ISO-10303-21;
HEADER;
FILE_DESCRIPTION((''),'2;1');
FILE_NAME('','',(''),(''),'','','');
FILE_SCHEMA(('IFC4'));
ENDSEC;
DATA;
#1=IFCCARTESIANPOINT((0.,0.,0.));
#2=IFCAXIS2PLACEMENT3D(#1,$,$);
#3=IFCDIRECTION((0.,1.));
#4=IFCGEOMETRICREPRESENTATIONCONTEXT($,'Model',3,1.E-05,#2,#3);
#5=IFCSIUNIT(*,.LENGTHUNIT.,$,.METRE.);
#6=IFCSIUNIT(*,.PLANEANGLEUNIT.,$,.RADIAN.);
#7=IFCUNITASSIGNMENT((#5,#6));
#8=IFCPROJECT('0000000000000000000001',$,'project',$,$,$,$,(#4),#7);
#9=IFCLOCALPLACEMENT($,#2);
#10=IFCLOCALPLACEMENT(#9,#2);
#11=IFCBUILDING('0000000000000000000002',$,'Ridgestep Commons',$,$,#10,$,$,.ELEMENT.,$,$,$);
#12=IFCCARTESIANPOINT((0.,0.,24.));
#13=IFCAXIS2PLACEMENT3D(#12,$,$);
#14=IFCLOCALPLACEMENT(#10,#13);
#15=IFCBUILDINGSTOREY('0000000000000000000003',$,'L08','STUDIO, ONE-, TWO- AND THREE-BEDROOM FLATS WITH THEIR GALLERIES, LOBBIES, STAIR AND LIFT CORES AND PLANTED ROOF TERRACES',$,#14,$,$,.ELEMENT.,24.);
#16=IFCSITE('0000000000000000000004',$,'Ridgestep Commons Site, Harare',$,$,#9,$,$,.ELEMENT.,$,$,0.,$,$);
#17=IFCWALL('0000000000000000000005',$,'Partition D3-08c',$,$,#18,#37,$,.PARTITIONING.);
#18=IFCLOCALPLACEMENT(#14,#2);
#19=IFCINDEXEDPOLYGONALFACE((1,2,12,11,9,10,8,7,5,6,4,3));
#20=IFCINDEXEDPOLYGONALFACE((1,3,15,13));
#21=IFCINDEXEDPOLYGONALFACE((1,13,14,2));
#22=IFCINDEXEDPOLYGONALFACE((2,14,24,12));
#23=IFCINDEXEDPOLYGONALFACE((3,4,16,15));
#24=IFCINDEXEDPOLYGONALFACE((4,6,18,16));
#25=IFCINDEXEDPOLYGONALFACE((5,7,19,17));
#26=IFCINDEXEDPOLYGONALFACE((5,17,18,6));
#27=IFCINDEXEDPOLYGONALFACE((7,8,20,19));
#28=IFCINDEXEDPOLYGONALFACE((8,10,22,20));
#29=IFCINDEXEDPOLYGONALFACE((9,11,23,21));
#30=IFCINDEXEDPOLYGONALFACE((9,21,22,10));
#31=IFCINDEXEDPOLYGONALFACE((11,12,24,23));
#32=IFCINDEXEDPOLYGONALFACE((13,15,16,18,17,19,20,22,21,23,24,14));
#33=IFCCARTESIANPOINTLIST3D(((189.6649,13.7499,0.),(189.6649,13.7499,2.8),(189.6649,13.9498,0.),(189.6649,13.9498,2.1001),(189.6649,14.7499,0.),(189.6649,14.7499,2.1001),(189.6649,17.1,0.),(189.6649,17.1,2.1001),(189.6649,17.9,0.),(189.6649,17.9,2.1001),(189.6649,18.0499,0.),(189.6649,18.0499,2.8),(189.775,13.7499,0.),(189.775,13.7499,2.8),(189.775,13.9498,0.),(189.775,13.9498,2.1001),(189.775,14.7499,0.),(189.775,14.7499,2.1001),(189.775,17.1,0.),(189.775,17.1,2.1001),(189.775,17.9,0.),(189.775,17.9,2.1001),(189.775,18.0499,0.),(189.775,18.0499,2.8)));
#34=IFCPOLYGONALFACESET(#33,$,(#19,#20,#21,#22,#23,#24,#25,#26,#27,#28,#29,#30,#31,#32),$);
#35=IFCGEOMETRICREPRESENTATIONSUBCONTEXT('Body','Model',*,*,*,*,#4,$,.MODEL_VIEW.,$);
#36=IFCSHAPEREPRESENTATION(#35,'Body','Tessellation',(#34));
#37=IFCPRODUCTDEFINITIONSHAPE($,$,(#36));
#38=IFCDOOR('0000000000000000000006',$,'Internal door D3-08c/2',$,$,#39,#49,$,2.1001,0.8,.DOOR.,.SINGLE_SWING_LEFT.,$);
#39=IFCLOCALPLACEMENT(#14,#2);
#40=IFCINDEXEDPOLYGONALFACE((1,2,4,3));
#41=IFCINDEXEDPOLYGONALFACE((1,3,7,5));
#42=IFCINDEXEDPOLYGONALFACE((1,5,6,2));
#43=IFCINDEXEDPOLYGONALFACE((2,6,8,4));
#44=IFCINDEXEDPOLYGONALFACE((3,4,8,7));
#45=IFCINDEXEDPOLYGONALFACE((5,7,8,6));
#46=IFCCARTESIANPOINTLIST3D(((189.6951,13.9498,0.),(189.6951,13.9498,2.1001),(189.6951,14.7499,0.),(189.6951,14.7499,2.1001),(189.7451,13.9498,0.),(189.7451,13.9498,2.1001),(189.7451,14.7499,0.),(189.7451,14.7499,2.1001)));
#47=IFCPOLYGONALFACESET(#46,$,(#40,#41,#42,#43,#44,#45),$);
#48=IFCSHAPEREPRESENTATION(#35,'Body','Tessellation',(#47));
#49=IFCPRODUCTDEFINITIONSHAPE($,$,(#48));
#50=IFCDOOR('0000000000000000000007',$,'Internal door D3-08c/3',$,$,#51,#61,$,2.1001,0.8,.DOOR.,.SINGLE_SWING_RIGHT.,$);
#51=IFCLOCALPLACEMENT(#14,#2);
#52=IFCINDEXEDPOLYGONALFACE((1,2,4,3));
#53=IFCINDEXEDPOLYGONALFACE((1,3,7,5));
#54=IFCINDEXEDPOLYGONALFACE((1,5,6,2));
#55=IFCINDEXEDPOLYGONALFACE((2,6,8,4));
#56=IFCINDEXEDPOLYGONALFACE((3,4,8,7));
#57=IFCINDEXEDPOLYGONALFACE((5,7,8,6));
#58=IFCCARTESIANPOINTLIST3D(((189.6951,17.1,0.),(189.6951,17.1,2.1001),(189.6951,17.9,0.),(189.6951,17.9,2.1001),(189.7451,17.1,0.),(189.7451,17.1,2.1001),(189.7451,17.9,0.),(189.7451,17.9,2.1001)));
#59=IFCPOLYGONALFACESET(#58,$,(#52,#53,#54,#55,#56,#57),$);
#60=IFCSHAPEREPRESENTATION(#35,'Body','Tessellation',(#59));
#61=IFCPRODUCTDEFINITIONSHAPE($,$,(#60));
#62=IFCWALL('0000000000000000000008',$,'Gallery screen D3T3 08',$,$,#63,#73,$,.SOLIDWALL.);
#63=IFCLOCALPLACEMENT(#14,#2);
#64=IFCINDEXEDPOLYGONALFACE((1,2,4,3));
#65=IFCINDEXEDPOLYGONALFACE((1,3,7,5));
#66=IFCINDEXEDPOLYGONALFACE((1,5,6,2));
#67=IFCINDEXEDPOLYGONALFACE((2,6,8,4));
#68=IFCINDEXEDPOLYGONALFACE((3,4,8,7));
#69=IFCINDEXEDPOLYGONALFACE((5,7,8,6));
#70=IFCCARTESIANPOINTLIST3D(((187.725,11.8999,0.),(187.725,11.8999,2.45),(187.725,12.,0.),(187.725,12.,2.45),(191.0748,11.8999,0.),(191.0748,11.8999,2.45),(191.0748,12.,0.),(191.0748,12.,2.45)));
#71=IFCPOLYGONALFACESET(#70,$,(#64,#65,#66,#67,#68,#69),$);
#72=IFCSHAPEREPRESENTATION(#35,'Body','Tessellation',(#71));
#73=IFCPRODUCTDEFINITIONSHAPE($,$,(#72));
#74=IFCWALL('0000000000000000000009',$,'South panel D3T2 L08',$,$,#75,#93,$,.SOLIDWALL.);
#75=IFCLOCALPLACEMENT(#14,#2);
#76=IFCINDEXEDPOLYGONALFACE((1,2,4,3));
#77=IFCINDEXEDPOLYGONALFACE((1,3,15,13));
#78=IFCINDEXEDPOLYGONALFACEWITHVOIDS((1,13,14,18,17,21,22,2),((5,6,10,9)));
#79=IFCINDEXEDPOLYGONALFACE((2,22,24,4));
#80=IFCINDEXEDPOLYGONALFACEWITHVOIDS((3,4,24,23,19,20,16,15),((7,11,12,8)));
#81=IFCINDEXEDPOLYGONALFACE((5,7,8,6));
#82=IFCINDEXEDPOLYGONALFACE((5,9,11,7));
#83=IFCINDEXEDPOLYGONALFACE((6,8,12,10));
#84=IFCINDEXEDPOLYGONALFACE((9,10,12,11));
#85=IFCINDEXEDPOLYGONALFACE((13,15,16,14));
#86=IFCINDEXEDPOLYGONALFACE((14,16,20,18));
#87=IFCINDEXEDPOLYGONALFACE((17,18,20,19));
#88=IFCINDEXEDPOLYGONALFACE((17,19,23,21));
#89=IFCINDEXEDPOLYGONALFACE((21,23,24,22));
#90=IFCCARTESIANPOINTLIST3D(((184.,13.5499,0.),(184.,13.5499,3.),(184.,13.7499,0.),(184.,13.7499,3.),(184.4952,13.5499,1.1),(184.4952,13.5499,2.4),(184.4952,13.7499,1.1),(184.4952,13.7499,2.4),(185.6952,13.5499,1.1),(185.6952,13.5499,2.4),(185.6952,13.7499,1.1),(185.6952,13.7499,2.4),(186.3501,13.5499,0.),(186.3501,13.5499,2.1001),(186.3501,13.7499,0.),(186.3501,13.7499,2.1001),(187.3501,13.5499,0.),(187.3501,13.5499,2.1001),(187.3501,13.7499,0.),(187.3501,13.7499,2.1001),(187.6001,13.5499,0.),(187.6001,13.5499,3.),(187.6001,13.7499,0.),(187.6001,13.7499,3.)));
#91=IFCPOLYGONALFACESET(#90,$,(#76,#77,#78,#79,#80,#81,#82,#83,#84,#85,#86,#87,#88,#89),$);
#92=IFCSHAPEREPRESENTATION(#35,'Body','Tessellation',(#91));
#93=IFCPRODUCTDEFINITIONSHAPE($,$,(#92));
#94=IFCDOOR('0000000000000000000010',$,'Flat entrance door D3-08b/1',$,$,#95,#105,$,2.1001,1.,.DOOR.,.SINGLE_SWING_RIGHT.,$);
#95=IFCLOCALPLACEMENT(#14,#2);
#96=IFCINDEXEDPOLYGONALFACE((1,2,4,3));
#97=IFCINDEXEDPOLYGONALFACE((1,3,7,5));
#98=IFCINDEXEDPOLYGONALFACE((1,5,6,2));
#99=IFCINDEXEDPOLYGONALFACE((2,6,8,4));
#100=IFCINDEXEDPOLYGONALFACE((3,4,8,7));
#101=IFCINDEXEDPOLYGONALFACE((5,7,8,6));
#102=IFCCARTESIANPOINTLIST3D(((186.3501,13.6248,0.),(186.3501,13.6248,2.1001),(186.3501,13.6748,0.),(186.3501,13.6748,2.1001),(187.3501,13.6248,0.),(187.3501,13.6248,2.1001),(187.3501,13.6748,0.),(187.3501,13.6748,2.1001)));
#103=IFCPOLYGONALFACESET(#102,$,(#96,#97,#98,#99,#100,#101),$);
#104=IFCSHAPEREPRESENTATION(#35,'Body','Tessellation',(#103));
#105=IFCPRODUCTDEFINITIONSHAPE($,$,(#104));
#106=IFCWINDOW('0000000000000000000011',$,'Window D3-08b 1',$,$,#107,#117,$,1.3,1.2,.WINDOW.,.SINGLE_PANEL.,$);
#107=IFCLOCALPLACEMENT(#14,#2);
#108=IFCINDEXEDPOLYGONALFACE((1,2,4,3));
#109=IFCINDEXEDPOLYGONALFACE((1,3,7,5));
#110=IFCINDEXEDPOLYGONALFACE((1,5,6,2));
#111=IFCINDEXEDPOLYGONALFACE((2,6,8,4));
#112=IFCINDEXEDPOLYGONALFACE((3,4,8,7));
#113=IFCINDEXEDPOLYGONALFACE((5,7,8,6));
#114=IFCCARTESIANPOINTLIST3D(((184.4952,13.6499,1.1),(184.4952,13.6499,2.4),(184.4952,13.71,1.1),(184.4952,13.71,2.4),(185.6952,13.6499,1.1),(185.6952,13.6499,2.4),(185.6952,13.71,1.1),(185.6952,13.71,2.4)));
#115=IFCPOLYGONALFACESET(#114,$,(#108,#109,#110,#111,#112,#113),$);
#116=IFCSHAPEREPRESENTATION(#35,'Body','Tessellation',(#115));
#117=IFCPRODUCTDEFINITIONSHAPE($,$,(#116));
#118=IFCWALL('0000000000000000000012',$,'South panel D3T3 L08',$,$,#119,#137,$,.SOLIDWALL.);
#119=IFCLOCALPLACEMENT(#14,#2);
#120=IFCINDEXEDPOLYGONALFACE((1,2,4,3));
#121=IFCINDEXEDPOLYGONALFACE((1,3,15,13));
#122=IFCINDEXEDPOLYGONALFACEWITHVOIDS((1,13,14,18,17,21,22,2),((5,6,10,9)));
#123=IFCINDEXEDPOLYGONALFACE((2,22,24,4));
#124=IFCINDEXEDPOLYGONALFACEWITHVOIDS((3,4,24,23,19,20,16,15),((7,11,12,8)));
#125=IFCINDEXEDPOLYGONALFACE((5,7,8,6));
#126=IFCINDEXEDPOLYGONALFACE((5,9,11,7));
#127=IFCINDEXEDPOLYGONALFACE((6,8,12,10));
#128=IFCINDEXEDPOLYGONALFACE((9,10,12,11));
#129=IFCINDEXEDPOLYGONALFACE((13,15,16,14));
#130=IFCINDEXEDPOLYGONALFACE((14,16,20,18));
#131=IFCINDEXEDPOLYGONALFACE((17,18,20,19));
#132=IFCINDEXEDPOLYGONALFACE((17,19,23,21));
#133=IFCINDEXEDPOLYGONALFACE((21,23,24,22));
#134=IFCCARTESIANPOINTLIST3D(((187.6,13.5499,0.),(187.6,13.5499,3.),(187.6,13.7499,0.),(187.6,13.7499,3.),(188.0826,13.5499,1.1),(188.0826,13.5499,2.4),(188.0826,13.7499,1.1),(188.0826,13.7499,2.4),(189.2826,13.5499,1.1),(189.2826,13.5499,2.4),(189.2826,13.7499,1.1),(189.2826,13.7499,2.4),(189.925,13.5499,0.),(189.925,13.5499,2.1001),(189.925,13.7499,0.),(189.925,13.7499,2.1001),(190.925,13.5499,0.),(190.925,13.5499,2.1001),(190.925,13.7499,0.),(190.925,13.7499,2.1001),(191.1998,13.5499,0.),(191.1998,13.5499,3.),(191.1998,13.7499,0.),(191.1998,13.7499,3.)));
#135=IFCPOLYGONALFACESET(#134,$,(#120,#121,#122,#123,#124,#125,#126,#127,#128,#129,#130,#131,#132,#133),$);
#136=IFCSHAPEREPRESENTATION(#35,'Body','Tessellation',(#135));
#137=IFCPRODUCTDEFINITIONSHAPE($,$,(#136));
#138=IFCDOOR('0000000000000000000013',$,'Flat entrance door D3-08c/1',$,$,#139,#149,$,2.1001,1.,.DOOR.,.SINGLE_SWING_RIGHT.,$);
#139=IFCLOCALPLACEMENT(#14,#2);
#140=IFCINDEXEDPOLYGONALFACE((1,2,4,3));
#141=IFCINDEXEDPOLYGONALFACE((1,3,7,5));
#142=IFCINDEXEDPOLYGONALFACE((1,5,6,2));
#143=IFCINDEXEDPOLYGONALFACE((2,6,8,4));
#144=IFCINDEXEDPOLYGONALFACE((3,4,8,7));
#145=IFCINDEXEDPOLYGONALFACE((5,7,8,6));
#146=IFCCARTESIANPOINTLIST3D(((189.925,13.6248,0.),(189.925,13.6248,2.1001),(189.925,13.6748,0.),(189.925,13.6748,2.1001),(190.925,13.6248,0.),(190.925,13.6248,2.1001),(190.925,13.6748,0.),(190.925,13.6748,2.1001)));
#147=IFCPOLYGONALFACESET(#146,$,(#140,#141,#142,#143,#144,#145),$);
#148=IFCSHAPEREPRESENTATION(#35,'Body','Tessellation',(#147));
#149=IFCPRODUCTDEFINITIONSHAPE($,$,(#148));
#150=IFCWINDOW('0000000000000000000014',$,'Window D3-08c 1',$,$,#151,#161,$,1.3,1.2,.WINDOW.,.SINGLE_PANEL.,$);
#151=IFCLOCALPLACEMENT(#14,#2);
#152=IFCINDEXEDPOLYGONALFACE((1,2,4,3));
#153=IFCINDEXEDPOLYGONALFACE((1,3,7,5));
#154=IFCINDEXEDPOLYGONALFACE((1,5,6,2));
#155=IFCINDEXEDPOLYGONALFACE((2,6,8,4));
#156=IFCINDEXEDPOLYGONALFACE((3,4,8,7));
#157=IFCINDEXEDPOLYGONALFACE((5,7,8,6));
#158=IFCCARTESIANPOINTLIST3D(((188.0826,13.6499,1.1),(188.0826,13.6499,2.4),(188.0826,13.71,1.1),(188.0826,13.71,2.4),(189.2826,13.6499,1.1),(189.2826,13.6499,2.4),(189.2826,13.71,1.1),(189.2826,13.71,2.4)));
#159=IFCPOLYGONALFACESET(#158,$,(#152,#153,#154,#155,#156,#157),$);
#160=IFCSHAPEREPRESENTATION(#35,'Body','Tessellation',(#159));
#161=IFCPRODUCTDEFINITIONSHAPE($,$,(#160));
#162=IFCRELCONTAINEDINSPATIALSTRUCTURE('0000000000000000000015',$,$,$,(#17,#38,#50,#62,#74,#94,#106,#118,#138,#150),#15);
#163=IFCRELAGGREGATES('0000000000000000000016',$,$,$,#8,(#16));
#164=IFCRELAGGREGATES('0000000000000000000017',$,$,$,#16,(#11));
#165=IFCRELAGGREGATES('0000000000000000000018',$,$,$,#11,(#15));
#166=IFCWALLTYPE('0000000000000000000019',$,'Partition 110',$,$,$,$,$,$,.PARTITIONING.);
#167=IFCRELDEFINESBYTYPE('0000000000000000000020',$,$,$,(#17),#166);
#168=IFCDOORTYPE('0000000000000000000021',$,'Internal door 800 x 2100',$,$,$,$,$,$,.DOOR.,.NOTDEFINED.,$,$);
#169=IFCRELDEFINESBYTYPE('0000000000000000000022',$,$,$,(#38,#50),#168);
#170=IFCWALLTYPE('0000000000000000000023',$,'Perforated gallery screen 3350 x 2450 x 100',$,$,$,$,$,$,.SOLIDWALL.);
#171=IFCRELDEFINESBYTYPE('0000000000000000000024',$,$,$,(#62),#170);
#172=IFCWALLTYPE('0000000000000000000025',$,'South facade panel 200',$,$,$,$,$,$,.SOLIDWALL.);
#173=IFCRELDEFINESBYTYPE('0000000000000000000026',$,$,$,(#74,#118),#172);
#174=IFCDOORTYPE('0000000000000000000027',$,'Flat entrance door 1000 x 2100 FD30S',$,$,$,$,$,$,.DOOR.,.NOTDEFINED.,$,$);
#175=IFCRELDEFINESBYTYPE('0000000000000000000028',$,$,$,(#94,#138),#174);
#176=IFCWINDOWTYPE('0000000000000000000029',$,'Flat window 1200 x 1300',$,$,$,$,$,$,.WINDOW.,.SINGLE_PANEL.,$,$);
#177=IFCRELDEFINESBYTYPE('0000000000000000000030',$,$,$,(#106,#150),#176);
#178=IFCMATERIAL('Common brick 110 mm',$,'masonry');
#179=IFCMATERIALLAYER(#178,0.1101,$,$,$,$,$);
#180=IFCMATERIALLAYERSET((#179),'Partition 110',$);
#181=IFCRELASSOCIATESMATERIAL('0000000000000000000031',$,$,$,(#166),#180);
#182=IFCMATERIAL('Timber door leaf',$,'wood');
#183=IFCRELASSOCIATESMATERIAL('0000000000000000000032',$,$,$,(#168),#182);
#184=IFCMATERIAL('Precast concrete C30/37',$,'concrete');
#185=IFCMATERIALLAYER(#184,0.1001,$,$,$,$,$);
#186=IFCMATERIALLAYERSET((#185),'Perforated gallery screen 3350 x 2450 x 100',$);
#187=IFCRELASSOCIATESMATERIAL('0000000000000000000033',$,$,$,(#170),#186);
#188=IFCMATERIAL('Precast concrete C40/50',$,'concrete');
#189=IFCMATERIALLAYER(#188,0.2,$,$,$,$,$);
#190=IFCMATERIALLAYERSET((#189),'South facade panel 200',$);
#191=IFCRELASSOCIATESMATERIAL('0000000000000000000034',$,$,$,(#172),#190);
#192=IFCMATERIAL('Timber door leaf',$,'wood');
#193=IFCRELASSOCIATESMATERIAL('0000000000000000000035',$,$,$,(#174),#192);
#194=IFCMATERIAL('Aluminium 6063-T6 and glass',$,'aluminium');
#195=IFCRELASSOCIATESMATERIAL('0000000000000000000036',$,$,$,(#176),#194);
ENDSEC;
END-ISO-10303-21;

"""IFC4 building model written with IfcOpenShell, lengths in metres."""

from ifc_helpers import new_model, si_unit, direction, frame, frame_2d, origin, place, context, subcontext, project, spatial, rectangle, extrude, material, layer, layer_set, type_object, element, fill, save


model = new_model("IFC4")

# Units and contexts
model_context = context("Model", 3, precision=1e-05, world=origin(), true_north=direction((0.0, 1.0)))
body_context = subcontext(model_context, "Body", "Model", "MODEL_VIEW")
ifc_project = project(units=[si_unit("LENGTHUNIT", "METRE"), si_unit("PLANEANGLEUNIT", "RADIAN")], contexts=[model_context])

# Site, building, storey
site_placement = place(None, origin())
site = spatial("IfcSite", under=ifc_project, at=site_placement, Name="Ridgestep Commons Site, Harare", CompositionType="ELEMENT", RefElevation=0.0)
building_placement = place(site_placement, origin())
building = spatial("IfcBuilding", under=site, at=building_placement, Name="Ridgestep Commons", CompositionType="ELEMENT")
storey_placement = place(building_placement, frame((0.0, 0.0, 24.0)))
storey = spatial("IfcBuildingStorey", under=building, at=storey_placement, Name="L08", Description="STUDIO, ONE-, TWO- AND THREE-BEDROOM FLATS WITH THEIR GALLERIES, LOBBIES, STAIR AND LIFT CORES AND PLANTED ROOF TERRACES", CompositionType="ELEMENT", Elevation=24.0)

# Wall, openings, doors
ifc_material_1 = material(Name="Common brick 110 mm", Category="masonry")
ifc_layer_1 = layer(ifc_material_1, 0.1101)
ifc_layer_set_1 = layer_set([ifc_layer_1], Name="Partition 110")
wall_type_1 = type_object("IfcWallType", Name="Partition 110", PredefinedType="PARTITIONING", material=ifc_layer_set_1)
ifc_material_2 = material(Name="Timber door leaf", Category="wood")
door_type_1 = type_object("IfcDoorType", Name="Internal door 800 x 2100", OperationType="NOTDEFINED", PredefinedType="DOOR", material=ifc_material_2)
wall_1_placement = place(storey_placement, frame((189.72, 13.75, 0.0), z_axis=(0.0, 0.0, 1.0), x_axis=(0.0, 1.0, 0.0)))
wall_1 = element("IfcWall", 1, at=wall_1_placement, inside=storey, type_object=wall_type_1, Name="Partition D3-08c", PredefinedType="PARTITIONING", context=body_context, shape_type="SweptSolid", body=[
    extrude(rectangle(XDim=4.3, YDim=0.1101, at=frame_2d((2.1499, 0.0))), origin(), (0.0, 0.0, 1.0), 2.8),
])
opening_1_placement = place(wall_1_placement, frame((0.2, 0.0, 0.0)))
opening_1 = element("IfcOpeningElement", 2, at=opening_1_placement, cuts=wall_1, PredefinedType="OPENING", context=body_context, shape_type="SweptSolid", body=[
    extrude(rectangle(XDim=0.8, YDim=2.1001, at=frame_2d((0.3999, 1.05))), frame((0.0, 0.0649, 0.0), z_axis=(0.0, -1.0, 0.0), x_axis=(1.0, 0.0, 0.0)), (0.0, 0.0, 1.0), 0.1301),
])
opening_2_placement = place(wall_1_placement, frame((3.3501, 0.0, 0.0)))
opening_2 = element("IfcOpeningElement", 3, at=opening_2_placement, cuts=wall_1, PredefinedType="OPENING", context=body_context, shape_type="SweptSolid", body=[
    extrude(rectangle(XDim=0.8, YDim=2.1001, at=frame_2d((0.3999, 1.05))), frame((0.0, 0.0649, 0.0), z_axis=(0.0, -1.0, 0.0), x_axis=(1.0, 0.0, 0.0)), (0.0, 0.0, 1.0), 0.1301),
])
door_1_placement = place(opening_1_placement, origin())
door_1 = element("IfcDoor", 4, at=door_1_placement, inside=storey, type_object=door_type_1, Name="Internal door D3-08c/2", OperationType="SINGLE_SWING_LEFT", OverallHeight=2.1001, OverallWidth=0.8, PredefinedType="DOOR", context=body_context, shape_type="SweptSolid", body=[
    extrude(rectangle(XDim=0.8, YDim=2.1001, at=frame_2d((0.3999, 1.05))), frame((0.0, 0.0249, 0.0), z_axis=(0.0, -1.0, 0.0), x_axis=(1.0, 0.0, 0.0)), (0.0, 0.0, 1.0), 0.05),
])
fill(opening_1, door_1)
door_2_placement = place(opening_2_placement, origin())
door_2 = element("IfcDoor", 5, at=door_2_placement, inside=storey, type_object=door_type_1, Name="Internal door D3-08c/3", OperationType="SINGLE_SWING_RIGHT", OverallHeight=2.1001, OverallWidth=0.8, PredefinedType="DOOR", context=body_context, shape_type="SweptSolid", body=[
    extrude(rectangle(XDim=0.8, YDim=2.1001, at=frame_2d((0.3999, 1.05))), frame((0.0, 0.0249, 0.0), z_axis=(0.0, -1.0, 0.0), x_axis=(1.0, 0.0, 0.0)), (0.0, 0.0, 1.0), 0.05),
])
fill(opening_2, door_2)

# Wall
ifc_material_3 = material(Name="Precast concrete C30/37", Category="concrete")
ifc_layer_2 = layer(ifc_material_3, 0.1001)
ifc_layer_set_2 = layer_set([ifc_layer_2], Name="Perforated gallery screen 3350 x 2450 x 100")
wall_type_2 = type_object("IfcWallType", Name="Perforated gallery screen 3350 x 2450 x 100", PredefinedType="SOLIDWALL", material=ifc_layer_set_2)
wall_2_placement = place(storey_placement, frame((187.7251, 11.95, 0.0), z_axis=(0.0, 0.0, 1.0), x_axis=(1.0, 0.0, 0.0)))
element("IfcWall", 6, at=wall_2_placement, inside=storey, type_object=wall_type_2, Name="Gallery screen D3T3 08", PredefinedType="SOLIDWALL", context=body_context, shape_type="SweptSolid", body=[
    extrude(rectangle(XDim=3.3499, YDim=0.1001, at=frame_2d((1.6748, 0.0))), origin(), (0.0, 0.0, 1.0), 2.45),
])

# Walls, openings, doors, windows
ifc_material_4 = material(Name="Precast concrete C40/50", Category="concrete")
ifc_layer_3 = layer(ifc_material_4, 0.2)
ifc_layer_set_3 = layer_set([ifc_layer_3], Name="South facade panel 200")
wall_type_3 = type_object("IfcWallType", Name="South facade panel 200", PredefinedType="SOLIDWALL", material=ifc_layer_set_3)
wall_3_placement = place(storey_placement, frame((184.0, 13.6499, 0.0), z_axis=(0.0, 0.0, 1.0), x_axis=(1.0, 0.0, 0.0)))
wall_3 = element("IfcWall", 7, at=wall_3_placement, inside=storey, type_object=wall_type_3, Name="South panel D3T2 L08", PredefinedType="SOLIDWALL", context=body_context, shape_type="SweptSolid", body=[
    extrude(rectangle(XDim=3.6001, YDim=0.2, at=frame_2d((1.8, 0.0))), origin(), (0.0, 0.0, 1.0), 3.0),
])
opening_3_placement = place(wall_3_placement, frame((0.4951, 0.0, 1.1001)))
opening_3 = element("IfcOpeningElement", 8, at=opening_3_placement, cuts=wall_3, PredefinedType="OPENING", context=body_context, shape_type="SweptSolid", body=[
    extrude(rectangle(XDim=1.2, YDim=1.3, at=frame_2d((0.6001, 0.6499))), frame((0.0, 0.1099, 0.0), z_axis=(0.0, -1.0, 0.0), x_axis=(1.0, 0.0, 0.0)), (0.0, 0.0, 1.0), 0.22),
])
opening_4_placement = place(wall_3_placement, frame((2.3501, 0.0, 0.0)))
opening_4 = element("IfcOpeningElement", 9, at=opening_4_placement, cuts=wall_3, PredefinedType="OPENING", context=body_context, shape_type="SweptSolid", body=[
    extrude(rectangle(XDim=1.0, YDim=2.1001, at=frame_2d((0.5, 1.05))), frame((0.0, 0.1099, 0.0), z_axis=(0.0, -1.0, 0.0), x_axis=(1.0, 0.0, 0.0)), (0.0, 0.0, 1.0), 0.22),
])
ifc_material_5 = material(Name="Timber door leaf", Category="wood")
door_type_2 = type_object("IfcDoorType", Name="Flat entrance door 1000 x 2100 FD30S", OperationType="NOTDEFINED", PredefinedType="DOOR", material=ifc_material_5)
door_3_placement = place(opening_4_placement, origin())
door_3 = element("IfcDoor", 10, at=door_3_placement, inside=storey, type_object=door_type_2, Name="Flat entrance door D3-08b/1", OperationType="SINGLE_SWING_RIGHT", OverallHeight=2.1001, OverallWidth=1.0, PredefinedType="DOOR", context=body_context, shape_type="SweptSolid", body=[
    extrude(rectangle(XDim=1.0, YDim=2.1001, at=frame_2d((0.5, 1.05))), frame((0.0, 0.0249, 0.0), z_axis=(0.0, -1.0, 0.0), x_axis=(1.0, 0.0, 0.0)), (0.0, 0.0, 1.0), 0.05),
])
fill(opening_4, door_3)
ifc_material_6 = material(Name="Aluminium 6063-T6 and glass", Category="aluminium")
window_type = type_object("IfcWindowType", Name="Flat window 1200 x 1300", PartitioningType="SINGLE_PANEL", PredefinedType="WINDOW", material=ifc_material_6)
window_1_placement = place(opening_3_placement, origin())
window_1 = element("IfcWindow", 11, at=window_1_placement, inside=storey, type_object=window_type, Name="Window D3-08b 1", OverallHeight=1.3, OverallWidth=1.2, PartitioningType="SINGLE_PANEL", PredefinedType="WINDOW", context=body_context, shape_type="SweptSolid", body=[
    extrude(rectangle(XDim=1.2, YDim=1.3, at=frame_2d((0.6001, 0.6499))), frame((0.0, 0.0601, 0.0), z_axis=(0.0, -1.0, 0.0), x_axis=(1.0, 0.0, 0.0)), (0.0, 0.0, 1.0), 0.0601),
])
fill(opening_3, window_1)
wall_4_placement = place(storey_placement, frame((187.6001, 13.6499, 0.0), z_axis=(0.0, 0.0, 1.0), x_axis=(1.0, 0.0, 0.0)))
wall_4 = element("IfcWall", 12, at=wall_4_placement, inside=storey, type_object=wall_type_3, Name="South panel D3T3 L08", PredefinedType="SOLIDWALL", context=body_context, shape_type="SweptSolid", body=[
    extrude(rectangle(XDim=3.5999, YDim=0.2, at=frame_2d((1.7998, 0.0))), origin(), (0.0, 0.0, 1.0), 3.0),
])
opening_5_placement = place(wall_4_placement, frame((0.4824, 0.0, 1.1001)))
opening_5 = element("IfcOpeningElement", 13, at=opening_5_placement, cuts=wall_4, PredefinedType="OPENING", context=body_context, shape_type="SweptSolid", body=[
    extrude(rectangle(XDim=1.2, YDim=1.3, at=frame_2d((0.6001, 0.6499))), frame((0.0, 0.1099, 0.0), z_axis=(0.0, -1.0, 0.0), x_axis=(1.0, 0.0, 0.0)), (0.0, 0.0, 1.0), 0.22),
])
opening_6_placement = place(wall_4_placement, frame((2.325, 0.0, 0.0)))
opening_6 = element("IfcOpeningElement", 14, at=opening_6_placement, cuts=wall_4, PredefinedType="OPENING", context=body_context, shape_type="SweptSolid", body=[
    extrude(rectangle(XDim=1.0, YDim=2.1001, at=frame_2d((0.5, 1.05))), frame((0.0, 0.1099, 0.0), z_axis=(0.0, -1.0, 0.0), x_axis=(1.0, 0.0, 0.0)), (0.0, 0.0, 1.0), 0.22),
])
door_4_placement = place(opening_6_placement, origin())
door_4 = element("IfcDoor", 15, at=door_4_placement, inside=storey, type_object=door_type_2, Name="Flat entrance door D3-08c/1", OperationType="SINGLE_SWING_RIGHT", OverallHeight=2.1001, OverallWidth=1.0, PredefinedType="DOOR", context=body_context, shape_type="SweptSolid", body=[
    extrude(rectangle(XDim=1.0, YDim=2.1001, at=frame_2d((0.5, 1.05))), frame((0.0, 0.0249, 0.0), z_axis=(0.0, -1.0, 0.0), x_axis=(1.0, 0.0, 0.0)), (0.0, 0.0, 1.0), 0.05),
])
fill(opening_6, door_4)
window_2_placement = place(opening_5_placement, origin())
window_2 = element("IfcWindow", 16, at=window_2_placement, inside=storey, type_object=window_type, Name="Window D3-08c 1", OverallHeight=1.3, OverallWidth=1.2, PartitioningType="SINGLE_PANEL", PredefinedType="WINDOW", context=body_context, shape_type="SweptSolid", body=[
    extrude(rectangle(XDim=1.2, YDim=1.3, at=frame_2d((0.6001, 0.6499))), frame((0.0, 0.0601, 0.0), z_axis=(0.0, -1.0, 0.0), x_axis=(1.0, 0.0, 0.0)), (0.0, 0.0, 1.0), 0.0601),
])
fill(opening_5, window_2)

save(model, "model.ifc")
